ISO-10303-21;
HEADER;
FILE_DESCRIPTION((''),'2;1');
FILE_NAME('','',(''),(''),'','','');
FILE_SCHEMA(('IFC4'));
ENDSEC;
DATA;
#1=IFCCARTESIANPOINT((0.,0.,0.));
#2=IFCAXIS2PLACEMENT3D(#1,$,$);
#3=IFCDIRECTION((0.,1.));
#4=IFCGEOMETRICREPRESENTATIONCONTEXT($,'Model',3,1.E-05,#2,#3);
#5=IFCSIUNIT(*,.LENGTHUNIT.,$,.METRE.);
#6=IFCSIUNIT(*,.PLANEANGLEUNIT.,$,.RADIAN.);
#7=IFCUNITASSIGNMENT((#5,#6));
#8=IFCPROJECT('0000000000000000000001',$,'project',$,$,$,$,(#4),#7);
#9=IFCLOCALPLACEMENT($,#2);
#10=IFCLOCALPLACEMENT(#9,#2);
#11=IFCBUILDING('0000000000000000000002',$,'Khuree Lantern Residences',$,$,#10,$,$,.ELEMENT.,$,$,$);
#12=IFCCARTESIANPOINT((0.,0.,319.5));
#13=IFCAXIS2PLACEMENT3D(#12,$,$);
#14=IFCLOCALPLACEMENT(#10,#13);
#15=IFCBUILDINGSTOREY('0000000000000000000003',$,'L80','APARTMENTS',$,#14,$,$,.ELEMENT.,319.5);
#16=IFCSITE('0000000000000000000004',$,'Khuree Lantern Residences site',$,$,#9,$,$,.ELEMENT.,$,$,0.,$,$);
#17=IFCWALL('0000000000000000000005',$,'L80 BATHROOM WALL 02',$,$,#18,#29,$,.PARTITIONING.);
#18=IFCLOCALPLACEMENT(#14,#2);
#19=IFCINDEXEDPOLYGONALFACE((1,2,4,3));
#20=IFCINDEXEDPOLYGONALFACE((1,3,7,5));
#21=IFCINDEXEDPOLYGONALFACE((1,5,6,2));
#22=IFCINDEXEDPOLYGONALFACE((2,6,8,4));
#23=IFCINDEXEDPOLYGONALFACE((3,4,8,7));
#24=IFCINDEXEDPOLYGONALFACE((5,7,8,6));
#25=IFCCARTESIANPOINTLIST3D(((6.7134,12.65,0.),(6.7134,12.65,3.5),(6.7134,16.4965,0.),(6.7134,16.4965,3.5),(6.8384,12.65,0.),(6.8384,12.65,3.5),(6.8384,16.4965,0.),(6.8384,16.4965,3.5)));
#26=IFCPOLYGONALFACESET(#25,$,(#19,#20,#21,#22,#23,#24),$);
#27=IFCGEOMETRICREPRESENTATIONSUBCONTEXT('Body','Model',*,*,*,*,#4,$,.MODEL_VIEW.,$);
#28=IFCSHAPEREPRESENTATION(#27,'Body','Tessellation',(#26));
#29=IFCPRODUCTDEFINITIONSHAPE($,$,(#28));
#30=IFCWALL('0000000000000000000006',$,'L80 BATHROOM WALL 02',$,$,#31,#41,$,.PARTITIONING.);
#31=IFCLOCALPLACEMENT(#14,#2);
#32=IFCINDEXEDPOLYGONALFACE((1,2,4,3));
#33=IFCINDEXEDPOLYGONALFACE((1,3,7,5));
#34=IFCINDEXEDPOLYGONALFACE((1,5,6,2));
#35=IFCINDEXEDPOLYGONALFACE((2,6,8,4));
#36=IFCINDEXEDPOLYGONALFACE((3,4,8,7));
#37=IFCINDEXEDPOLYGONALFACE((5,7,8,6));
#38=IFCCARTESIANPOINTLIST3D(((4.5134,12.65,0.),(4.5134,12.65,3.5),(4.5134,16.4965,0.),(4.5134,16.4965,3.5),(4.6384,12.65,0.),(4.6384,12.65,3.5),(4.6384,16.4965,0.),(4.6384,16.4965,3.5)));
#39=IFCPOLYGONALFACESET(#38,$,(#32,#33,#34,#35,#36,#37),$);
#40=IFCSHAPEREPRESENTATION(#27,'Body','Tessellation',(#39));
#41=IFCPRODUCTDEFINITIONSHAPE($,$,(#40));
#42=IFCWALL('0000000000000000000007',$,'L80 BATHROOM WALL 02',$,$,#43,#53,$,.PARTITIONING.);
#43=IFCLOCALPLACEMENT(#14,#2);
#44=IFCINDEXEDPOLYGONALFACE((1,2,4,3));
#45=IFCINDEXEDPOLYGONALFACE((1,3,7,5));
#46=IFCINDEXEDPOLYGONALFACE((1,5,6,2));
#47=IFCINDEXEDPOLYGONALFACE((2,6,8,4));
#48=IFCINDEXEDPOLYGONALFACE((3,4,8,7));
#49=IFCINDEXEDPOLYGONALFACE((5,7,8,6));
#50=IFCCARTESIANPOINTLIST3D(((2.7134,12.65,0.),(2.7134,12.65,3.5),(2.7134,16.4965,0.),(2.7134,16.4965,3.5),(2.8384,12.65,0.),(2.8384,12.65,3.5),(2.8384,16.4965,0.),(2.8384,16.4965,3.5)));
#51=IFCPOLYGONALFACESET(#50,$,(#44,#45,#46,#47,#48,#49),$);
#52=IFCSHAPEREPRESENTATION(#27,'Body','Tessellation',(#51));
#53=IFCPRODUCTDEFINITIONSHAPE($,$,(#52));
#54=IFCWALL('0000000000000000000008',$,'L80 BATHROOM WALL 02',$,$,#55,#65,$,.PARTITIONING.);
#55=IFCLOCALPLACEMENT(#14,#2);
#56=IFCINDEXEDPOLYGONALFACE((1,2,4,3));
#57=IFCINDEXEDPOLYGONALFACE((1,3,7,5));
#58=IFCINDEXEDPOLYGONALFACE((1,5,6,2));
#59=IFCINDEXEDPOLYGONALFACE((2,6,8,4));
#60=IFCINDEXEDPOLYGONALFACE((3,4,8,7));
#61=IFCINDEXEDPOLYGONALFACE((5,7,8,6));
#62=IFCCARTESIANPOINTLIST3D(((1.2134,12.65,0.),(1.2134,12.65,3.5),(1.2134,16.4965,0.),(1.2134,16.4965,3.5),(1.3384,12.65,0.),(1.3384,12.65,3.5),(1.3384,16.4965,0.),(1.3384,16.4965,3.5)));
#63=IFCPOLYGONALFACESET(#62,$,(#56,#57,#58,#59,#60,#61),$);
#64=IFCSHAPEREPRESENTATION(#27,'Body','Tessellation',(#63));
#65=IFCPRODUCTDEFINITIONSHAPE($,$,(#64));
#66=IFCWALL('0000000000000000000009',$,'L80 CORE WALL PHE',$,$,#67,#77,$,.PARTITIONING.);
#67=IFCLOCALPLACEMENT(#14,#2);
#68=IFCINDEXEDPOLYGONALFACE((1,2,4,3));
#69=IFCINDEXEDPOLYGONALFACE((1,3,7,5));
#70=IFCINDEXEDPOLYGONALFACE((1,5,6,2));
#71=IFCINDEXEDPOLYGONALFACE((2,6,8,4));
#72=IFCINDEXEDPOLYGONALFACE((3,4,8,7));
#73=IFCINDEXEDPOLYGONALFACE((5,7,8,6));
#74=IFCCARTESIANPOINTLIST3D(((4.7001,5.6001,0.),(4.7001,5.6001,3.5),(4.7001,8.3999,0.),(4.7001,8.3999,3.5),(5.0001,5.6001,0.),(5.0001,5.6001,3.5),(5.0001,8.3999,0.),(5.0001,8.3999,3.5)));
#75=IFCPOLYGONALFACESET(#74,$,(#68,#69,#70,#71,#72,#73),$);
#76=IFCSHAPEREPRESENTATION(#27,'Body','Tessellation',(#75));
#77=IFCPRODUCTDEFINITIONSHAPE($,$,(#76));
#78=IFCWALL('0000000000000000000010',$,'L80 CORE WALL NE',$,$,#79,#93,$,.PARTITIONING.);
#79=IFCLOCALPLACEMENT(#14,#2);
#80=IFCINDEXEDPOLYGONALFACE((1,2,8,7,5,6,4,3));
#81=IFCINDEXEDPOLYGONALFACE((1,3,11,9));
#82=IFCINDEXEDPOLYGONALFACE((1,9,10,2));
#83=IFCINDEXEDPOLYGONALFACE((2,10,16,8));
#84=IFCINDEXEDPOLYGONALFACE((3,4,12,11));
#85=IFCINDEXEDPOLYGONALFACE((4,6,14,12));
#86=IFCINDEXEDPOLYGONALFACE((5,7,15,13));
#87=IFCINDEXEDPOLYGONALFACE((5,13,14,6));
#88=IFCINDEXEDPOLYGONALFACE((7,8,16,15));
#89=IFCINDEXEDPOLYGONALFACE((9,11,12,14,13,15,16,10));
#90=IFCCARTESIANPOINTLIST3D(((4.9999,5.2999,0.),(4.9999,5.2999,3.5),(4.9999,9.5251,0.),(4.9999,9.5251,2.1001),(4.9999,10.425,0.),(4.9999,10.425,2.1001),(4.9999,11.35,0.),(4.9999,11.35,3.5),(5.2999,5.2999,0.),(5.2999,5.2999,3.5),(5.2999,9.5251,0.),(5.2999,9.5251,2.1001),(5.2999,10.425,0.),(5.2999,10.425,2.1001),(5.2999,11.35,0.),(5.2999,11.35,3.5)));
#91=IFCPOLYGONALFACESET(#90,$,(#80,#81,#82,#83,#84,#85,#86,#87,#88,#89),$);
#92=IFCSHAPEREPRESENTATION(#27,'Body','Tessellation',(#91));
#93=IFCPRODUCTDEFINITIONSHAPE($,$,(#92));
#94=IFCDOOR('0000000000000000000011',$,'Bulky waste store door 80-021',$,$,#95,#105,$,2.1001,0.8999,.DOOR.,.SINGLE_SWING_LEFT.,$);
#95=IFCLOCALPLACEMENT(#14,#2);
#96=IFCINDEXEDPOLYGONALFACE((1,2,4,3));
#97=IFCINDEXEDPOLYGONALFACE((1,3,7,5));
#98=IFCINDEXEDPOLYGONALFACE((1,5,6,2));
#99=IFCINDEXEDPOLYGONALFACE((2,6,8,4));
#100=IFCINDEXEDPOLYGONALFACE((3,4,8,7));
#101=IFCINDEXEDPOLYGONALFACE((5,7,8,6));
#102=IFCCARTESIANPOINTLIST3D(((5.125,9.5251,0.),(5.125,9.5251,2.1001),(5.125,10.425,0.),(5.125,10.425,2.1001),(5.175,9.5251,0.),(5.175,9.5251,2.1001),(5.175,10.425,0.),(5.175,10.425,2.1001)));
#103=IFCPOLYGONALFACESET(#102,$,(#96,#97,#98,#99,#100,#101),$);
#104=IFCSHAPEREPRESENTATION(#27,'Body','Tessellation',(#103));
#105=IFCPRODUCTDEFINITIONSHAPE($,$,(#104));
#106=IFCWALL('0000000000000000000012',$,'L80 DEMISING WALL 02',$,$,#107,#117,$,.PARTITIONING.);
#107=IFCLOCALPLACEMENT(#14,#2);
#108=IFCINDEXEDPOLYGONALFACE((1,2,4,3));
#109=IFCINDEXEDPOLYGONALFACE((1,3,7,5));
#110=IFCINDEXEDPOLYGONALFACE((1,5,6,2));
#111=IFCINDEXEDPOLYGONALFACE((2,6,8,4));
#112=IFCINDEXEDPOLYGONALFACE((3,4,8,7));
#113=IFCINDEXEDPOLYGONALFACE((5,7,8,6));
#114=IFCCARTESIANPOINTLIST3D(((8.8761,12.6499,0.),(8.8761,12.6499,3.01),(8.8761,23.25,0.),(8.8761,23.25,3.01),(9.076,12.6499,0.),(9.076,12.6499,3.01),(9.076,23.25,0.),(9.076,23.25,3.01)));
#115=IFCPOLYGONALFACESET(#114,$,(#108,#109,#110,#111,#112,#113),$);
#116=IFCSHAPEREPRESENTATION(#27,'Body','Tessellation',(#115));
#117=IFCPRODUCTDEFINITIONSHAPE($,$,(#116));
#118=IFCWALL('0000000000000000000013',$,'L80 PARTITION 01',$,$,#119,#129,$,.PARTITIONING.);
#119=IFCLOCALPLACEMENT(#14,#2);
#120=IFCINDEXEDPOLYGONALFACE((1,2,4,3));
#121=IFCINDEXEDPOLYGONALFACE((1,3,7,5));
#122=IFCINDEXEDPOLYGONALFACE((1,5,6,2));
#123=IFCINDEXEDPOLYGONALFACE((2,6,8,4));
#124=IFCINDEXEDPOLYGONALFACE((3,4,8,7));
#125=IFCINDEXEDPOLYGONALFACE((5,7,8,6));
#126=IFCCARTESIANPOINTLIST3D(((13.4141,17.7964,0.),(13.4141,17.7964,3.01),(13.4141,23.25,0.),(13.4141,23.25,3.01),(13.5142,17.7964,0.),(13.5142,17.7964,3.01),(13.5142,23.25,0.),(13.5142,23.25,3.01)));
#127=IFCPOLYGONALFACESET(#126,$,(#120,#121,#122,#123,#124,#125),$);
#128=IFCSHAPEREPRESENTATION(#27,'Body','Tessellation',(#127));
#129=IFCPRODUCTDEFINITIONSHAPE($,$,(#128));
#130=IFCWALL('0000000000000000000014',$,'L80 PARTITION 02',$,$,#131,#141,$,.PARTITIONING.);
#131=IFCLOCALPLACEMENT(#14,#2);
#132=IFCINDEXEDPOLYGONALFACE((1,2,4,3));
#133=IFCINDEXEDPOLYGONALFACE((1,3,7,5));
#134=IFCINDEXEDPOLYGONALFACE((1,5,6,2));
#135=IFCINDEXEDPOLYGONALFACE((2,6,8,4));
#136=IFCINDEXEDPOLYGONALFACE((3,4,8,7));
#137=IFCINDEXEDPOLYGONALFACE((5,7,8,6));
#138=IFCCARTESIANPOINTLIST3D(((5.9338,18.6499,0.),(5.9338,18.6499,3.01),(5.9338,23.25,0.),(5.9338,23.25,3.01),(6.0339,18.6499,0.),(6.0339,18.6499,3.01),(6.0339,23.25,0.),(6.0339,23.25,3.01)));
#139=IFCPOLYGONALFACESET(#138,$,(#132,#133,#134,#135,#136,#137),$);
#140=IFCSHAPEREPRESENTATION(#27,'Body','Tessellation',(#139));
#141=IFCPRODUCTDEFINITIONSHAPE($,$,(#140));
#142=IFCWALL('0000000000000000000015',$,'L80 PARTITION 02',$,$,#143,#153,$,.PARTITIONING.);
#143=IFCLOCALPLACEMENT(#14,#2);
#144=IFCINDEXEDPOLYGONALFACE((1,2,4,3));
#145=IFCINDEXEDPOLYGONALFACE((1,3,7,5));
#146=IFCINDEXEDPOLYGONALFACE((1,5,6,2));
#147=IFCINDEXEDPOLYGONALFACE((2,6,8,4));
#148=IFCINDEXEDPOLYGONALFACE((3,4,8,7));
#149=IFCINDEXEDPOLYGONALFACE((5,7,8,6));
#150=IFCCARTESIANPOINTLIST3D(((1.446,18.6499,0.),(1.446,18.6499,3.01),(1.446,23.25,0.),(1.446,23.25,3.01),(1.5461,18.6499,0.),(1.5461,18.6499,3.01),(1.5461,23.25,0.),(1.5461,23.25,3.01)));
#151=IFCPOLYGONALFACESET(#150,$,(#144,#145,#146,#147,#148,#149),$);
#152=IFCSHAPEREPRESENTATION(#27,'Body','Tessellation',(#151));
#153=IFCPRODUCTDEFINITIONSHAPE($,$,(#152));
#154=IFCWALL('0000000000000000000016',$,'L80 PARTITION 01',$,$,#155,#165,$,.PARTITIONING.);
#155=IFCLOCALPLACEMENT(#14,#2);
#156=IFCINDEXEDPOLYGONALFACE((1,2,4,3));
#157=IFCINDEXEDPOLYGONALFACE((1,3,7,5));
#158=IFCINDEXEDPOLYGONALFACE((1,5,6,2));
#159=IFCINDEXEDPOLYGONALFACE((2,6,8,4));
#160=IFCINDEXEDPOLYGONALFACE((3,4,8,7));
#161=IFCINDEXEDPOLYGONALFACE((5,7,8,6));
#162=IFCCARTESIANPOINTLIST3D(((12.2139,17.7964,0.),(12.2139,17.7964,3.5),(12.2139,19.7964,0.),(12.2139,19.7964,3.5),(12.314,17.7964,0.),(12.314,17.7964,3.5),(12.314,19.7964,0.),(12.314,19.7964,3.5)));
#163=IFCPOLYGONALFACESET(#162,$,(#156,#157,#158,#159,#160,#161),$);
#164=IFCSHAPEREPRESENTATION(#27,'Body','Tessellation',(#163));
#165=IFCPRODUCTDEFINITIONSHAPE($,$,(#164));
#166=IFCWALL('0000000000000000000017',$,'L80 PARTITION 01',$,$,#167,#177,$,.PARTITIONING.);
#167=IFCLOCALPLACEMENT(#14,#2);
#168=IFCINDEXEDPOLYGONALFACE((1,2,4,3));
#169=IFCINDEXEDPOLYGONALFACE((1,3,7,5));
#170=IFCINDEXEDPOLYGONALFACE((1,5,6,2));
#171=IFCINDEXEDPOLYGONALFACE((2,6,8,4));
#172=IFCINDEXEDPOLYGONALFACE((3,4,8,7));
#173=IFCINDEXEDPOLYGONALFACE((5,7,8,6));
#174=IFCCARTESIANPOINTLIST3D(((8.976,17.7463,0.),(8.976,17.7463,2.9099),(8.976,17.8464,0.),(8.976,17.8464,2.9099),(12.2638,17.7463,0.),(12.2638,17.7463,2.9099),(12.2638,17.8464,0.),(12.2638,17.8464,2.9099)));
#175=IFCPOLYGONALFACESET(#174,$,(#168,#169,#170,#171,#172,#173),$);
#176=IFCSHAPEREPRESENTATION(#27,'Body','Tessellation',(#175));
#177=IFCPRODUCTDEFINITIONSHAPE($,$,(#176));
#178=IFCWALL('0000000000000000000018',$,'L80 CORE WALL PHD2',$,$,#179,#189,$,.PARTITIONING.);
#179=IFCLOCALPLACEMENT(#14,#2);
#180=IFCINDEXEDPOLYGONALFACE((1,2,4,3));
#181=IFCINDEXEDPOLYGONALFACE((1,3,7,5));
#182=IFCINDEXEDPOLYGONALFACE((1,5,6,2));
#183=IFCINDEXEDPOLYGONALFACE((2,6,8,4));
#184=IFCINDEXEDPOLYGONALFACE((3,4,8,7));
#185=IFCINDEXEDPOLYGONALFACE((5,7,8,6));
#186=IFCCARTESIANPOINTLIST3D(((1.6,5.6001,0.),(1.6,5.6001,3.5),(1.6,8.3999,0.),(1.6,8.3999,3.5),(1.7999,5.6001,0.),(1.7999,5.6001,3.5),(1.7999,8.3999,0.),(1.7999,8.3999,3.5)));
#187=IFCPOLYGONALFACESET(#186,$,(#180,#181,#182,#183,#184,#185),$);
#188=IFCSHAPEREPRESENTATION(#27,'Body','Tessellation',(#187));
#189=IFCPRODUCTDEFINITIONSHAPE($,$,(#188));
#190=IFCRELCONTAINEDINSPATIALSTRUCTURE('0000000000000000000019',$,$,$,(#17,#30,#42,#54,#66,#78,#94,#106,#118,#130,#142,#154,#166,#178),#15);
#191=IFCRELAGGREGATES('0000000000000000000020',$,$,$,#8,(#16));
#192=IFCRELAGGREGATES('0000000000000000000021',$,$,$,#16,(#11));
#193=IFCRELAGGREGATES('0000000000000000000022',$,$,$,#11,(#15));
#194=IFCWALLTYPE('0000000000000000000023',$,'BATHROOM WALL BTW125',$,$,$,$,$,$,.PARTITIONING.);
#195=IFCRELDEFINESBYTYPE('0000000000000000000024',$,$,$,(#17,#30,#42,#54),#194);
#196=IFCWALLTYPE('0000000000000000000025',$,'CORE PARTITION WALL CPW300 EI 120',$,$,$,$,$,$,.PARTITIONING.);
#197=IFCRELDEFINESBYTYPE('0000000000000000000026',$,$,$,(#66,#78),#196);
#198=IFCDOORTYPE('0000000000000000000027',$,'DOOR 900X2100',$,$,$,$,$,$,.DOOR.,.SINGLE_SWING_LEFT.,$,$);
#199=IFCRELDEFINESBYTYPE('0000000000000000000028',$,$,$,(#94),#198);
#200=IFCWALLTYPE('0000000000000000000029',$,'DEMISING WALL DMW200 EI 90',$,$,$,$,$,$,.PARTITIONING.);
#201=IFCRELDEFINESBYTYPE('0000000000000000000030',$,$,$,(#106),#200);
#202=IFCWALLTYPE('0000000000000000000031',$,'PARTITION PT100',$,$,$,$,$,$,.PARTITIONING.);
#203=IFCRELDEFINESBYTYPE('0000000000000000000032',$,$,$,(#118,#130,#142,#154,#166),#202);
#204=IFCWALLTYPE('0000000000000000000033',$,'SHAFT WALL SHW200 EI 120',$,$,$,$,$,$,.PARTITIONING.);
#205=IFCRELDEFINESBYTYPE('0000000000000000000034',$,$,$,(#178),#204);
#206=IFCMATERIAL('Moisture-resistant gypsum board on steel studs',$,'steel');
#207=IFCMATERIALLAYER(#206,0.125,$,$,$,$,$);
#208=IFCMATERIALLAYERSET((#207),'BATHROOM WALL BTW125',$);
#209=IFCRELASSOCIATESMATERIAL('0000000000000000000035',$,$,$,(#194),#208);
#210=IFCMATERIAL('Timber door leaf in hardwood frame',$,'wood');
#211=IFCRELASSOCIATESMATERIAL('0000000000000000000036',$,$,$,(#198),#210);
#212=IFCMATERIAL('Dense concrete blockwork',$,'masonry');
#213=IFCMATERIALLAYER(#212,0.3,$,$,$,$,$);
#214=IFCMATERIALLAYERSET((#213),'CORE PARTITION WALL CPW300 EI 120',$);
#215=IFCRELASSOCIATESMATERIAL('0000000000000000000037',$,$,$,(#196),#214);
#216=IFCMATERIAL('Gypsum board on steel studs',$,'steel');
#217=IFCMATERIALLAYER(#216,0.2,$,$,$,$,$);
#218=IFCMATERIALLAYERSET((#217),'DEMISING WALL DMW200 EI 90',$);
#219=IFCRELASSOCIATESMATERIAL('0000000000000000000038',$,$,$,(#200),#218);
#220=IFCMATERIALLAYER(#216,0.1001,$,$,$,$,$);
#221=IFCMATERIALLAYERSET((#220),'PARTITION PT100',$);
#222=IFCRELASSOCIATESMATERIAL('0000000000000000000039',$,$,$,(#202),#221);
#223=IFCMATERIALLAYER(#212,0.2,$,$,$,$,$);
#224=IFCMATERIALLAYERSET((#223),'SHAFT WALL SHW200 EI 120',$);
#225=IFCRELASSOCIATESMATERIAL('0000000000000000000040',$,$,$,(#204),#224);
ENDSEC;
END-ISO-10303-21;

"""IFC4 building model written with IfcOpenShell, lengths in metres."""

from ifc_helpers import new_model, si_unit, direction, frame, frame_2d, origin, place, context, subcontext, project, spatial, rectangle, extrude, material, layer, layer_set, type_object, element, fill, save


model = new_model("IFC4")

# Units and contexts
model_context = context("Model", 3, precision=1e-05, world=origin(), true_north=direction((0.0, 1.0)))
body_context = subcontext(model_context, "Body", "Model", "MODEL_VIEW")
ifc_project = project(units=[si_unit("LENGTHUNIT", "METRE"), si_unit("PLANEANGLEUNIT", "RADIAN")], contexts=[model_context])

# Site, building, storey
site_placement = place(None, origin())
site = spatial("IfcSite", under=ifc_project, at=site_placement, Name="Khuree Lantern Residences site", CompositionType="ELEMENT", RefElevation=0.0)
building_placement = place(site_placement, origin())
building = spatial("IfcBuilding", under=site, at=building_placement, Name="Khuree Lantern Residences", CompositionType="ELEMENT")
storey_placement = place(building_placement, frame((0.0, 0.0, 319.5)))
storey = spatial("IfcBuildingStorey", under=building, at=storey_placement, Name="L80", Description="APARTMENTS", CompositionType="ELEMENT", Elevation=319.5)

# Shared definitions
ifc_material_1 = material(Name="Moisture-resistant gypsum board on steel studs", Category="steel")
ifc_layer_1 = layer(ifc_material_1, 0.125)
ifc_layer_set_1 = layer_set([ifc_layer_1], Name="BATHROOM WALL BTW125")
wall_type_1 = type_object("IfcWallType", Name="BATHROOM WALL BTW125", PredefinedType="PARTITIONING", material=ifc_layer_set_1)

# Shared definitions
ifc_material_2 = material(Name="Timber door leaf in hardwood frame", Category="wood")
door_type_1 = type_object("IfcDoorType", Name="DOOR 900X2100", OperationType="SINGLE_SWING_LEFT", PredefinedType="DOOR", material=ifc_material_2)

# Walls
for number, where, z_axis, x_axis, name in (
    (1, (6.7759, 12.6499, 0.0), (0.0, 0.0, 1.0), (0.0, 1.0, 0.0), "L80 BATHROOM WALL 02"),
    (2, (4.5759, 12.6499, 0.0), (0.0, 0.0, 1.0), (0.0, 1.0, 0.0), "L80 BATHROOM WALL 02"),
    (3, (2.7759, 12.6499, 0.0), (0.0, 0.0, 1.0), (0.0, 1.0, 0.0), "L80 BATHROOM WALL 02"),
    (4, (1.2759, 12.6499, 0.0), (0.0, 0.0, 1.0), (0.0, 1.0, 0.0), "L80 BATHROOM WALL 02"),
):
    element("IfcWall", number, at=place(storey_placement, frame(where, z_axis=z_axis, x_axis=x_axis)), inside=storey, type_object=wall_type_1, Name=name, PredefinedType="PARTITIONING", context=body_context, shape_type="SweptSolid", body=[
        extrude(rectangle(XDim=3.8464, YDim=0.125, at=frame_2d((1.9233, 0.0))), origin(), (0.0, 0.0, 1.0), 3.5),
    ])
ifc_material_3 = material(Name="Dense concrete blockwork", Category="masonry")
ifc_layer_2 = layer(ifc_material_3, 0.3)
ifc_layer_set_2 = layer_set([ifc_layer_2], Name="CORE PARTITION WALL CPW300 EI 120")
wall_type_2 = type_object("IfcWallType", Name="CORE PARTITION WALL CPW300 EI 120", PredefinedType="PARTITIONING", material=ifc_layer_set_2)
wall_1_placement = place(storey_placement, frame((4.8501, 5.6001, 0.0), z_axis=(0.0, 0.0, 1.0), x_axis=(0.0, 1.0, 0.0)))
element("IfcWall", 5, at=wall_1_placement, inside=storey, type_object=wall_type_2, Name="L80 CORE WALL PHE", PredefinedType="PARTITIONING", context=body_context, shape_type="SweptSolid", body=[
    extrude(rectangle(XDim=2.7998, YDim=0.3, at=frame_2d((1.3999, 0.0))), origin(), (0.0, 0.0, 1.0), 3.5),
])

# Wall, opening, door
wall_2_placement = place(storey_placement, frame((5.1499, 5.3, 0.0), z_axis=(0.0, 0.0, 1.0), x_axis=(0.0, 1.0, 0.0)))
wall_2 = element("IfcWall", 6, at=wall_2_placement, inside=storey, type_object=wall_type_2, Name="L80 CORE WALL NE", PredefinedType="PARTITIONING", context=body_context, shape_type="SweptSolid", body=[
    extrude(rectangle(XDim=6.05, YDim=0.3, at=frame_2d((3.0249, 0.0))), origin(), (0.0, 0.0, 1.0), 3.5),
])
opening_1_placement = place(wall_2_placement, frame((4.2251, 0.0, 0.0)))
opening_1 = element("IfcOpeningElement", 7, at=opening_1_placement, cuts=wall_2, PredefinedType="OPENING", context=body_context, shape_type="SweptSolid", body=[
    extrude(rectangle(XDim=0.8999, YDim=2.1001, at=frame_2d((0.45, 1.05))), frame((0.0, 0.1602, 0.0), z_axis=(0.0, -1.0, 0.0), x_axis=(1.0, 0.0, 0.0)), (0.0, 0.0, 1.0), 0.3201),
])
door_1_placement = place(opening_1_placement, origin())
door_1 = element("IfcDoor", 8, at=door_1_placement, inside=storey, type_object=door_type_1, Name="Bulky waste store door 80-021", OperationType="SINGLE_SWING_LEFT", OverallHeight=2.1001, OverallWidth=0.8999, PredefinedType="DOOR", context=body_context, shape_type="SweptSolid", body=[
    extrude(rectangle(XDim=0.8999, YDim=2.1001, at=frame_2d((0.45, 1.05))), frame((0.0, 0.0249, 0.0), z_axis=(0.0, -1.0, 0.0), x_axis=(1.0, 0.0, 0.0)), (0.0, 0.0, 1.0), 0.05),
])
fill(opening_1, door_1)

# Walls
ifc_material_4 = material(Name="Gypsum board on steel studs", Category="steel")
ifc_layer_3 = layer(ifc_material_4, 0.2)
ifc_layer_set_3 = layer_set([ifc_layer_3], Name="DEMISING WALL DMW200 EI 90")
wall_type_3 = type_object("IfcWallType", Name="DEMISING WALL DMW200 EI 90", PredefinedType="PARTITIONING", material=ifc_layer_set_3)
wall_3_placement = place(storey_placement, frame((8.9761, 12.6499, 0.0), z_axis=(0.0, 0.0, 1.0), x_axis=(0.0, 1.0, 0.0)))
element("IfcWall", 9, at=wall_3_placement, inside=storey, type_object=wall_type_3, Name="L80 DEMISING WALL 02", PredefinedType="PARTITIONING", context=body_context, shape_type="SweptSolid", body=[
    extrude(rectangle(XDim=10.6001, YDim=0.2, at=frame_2d((5.3, 0.0))), origin(), (0.0, 0.0, 1.0), 3.01),
])
ifc_layer_4 = layer(ifc_material_4, 0.1001)
ifc_layer_set_4 = layer_set([ifc_layer_4], Name="PARTITION PT100")
wall_type_4 = type_object("IfcWallType", Name="PARTITION PT100", PredefinedType="PARTITIONING", material=ifc_layer_set_4)
wall_4_placement = place(storey_placement, frame((13.4641, 17.7964, 0.0), z_axis=(0.0, 0.0, 1.0), x_axis=(0.0, 1.0, 0.0)))
element("IfcWall", 10, at=wall_4_placement, inside=storey, type_object=wall_type_4, Name="L80 PARTITION 01", PredefinedType="PARTITIONING", context=body_context, shape_type="SweptSolid", body=[
    extrude(rectangle(XDim=5.4536, YDim=0.1001, at=frame_2d((2.7268, 0.0))), origin(), (0.0, 0.0, 1.0), 3.01),
])
for number, where, z_axis, x_axis, name in (
    (11, (5.9839, 18.6499, 0.0), (0.0, 0.0, 1.0), (0.0, 1.0, 0.0), "L80 PARTITION 02"),
    (12, (1.4961, 18.6499, 0.0), (0.0, 0.0, 1.0), (0.0, 1.0, 0.0), "L80 PARTITION 02"),
):
    element("IfcWall", number, at=place(storey_placement, frame(where, z_axis=z_axis, x_axis=x_axis)), inside=storey, type_object=wall_type_4, Name=name, PredefinedType="PARTITIONING", context=body_context, shape_type="SweptSolid", body=[
        extrude(rectangle(XDim=4.6001, YDim=0.1001, at=frame_2d((2.3, 0.0))), origin(), (0.0, 0.0, 1.0), 3.01),
    ])
wall_5_placement = place(storey_placement, frame((12.2639, 17.7964, 0.0), z_axis=(0.0, 0.0, 1.0), x_axis=(0.0, 1.0, 0.0)))
element("IfcWall", 13, at=wall_5_placement, inside=storey, type_object=wall_type_4, Name="L80 PARTITION 01", PredefinedType="PARTITIONING", context=body_context, shape_type="SweptSolid", body=[
    extrude(rectangle(XDim=2.0, YDim=0.1001, at=frame_2d((1.0, 0.0))), origin(), (0.0, 0.0, 1.0), 3.5),
])
wall_6_placement = place(storey_placement, frame((12.2639, 17.7964, 0.0), z_axis=(0.0, 0.0, 1.0), x_axis=(-1.0, 0.0, 0.0)))
element("IfcWall", 14, at=wall_6_placement, inside=storey, type_object=wall_type_4, Name="L80 PARTITION 01", PredefinedType="PARTITIONING", context=body_context, shape_type="SweptSolid", body=[
    extrude(rectangle(XDim=3.2878, YDim=0.1001, at=frame_2d((1.644, 0.0))), origin(), (0.0, 0.0, 1.0), 2.9099),
])
ifc_layer_5 = layer(ifc_material_3, 0.2)
ifc_layer_set_5 = layer_set([ifc_layer_5], Name="SHAFT WALL SHW200 EI 120")
wall_type_5 = type_object("IfcWallType", Name="SHAFT WALL SHW200 EI 120", PredefinedType="PARTITIONING", material=ifc_layer_set_5)
wall_7_placement = place(storey_placement, frame((1.7, 5.6001, 0.0), z_axis=(0.0, 0.0, 1.0), x_axis=(0.0, 1.0, 0.0)))
element("IfcWall", 15, at=wall_7_placement, inside=storey, type_object=wall_type_5, Name="L80 CORE WALL PHD2", PredefinedType="PARTITIONING", context=body_context, shape_type="SweptSolid", body=[
    extrude(rectangle(XDim=2.7998, YDim=0.2, at=frame_2d((1.3999, 0.0))), origin(), (0.0, 0.0, 1.0), 3.5),
])

save(model, "model.ifc")
